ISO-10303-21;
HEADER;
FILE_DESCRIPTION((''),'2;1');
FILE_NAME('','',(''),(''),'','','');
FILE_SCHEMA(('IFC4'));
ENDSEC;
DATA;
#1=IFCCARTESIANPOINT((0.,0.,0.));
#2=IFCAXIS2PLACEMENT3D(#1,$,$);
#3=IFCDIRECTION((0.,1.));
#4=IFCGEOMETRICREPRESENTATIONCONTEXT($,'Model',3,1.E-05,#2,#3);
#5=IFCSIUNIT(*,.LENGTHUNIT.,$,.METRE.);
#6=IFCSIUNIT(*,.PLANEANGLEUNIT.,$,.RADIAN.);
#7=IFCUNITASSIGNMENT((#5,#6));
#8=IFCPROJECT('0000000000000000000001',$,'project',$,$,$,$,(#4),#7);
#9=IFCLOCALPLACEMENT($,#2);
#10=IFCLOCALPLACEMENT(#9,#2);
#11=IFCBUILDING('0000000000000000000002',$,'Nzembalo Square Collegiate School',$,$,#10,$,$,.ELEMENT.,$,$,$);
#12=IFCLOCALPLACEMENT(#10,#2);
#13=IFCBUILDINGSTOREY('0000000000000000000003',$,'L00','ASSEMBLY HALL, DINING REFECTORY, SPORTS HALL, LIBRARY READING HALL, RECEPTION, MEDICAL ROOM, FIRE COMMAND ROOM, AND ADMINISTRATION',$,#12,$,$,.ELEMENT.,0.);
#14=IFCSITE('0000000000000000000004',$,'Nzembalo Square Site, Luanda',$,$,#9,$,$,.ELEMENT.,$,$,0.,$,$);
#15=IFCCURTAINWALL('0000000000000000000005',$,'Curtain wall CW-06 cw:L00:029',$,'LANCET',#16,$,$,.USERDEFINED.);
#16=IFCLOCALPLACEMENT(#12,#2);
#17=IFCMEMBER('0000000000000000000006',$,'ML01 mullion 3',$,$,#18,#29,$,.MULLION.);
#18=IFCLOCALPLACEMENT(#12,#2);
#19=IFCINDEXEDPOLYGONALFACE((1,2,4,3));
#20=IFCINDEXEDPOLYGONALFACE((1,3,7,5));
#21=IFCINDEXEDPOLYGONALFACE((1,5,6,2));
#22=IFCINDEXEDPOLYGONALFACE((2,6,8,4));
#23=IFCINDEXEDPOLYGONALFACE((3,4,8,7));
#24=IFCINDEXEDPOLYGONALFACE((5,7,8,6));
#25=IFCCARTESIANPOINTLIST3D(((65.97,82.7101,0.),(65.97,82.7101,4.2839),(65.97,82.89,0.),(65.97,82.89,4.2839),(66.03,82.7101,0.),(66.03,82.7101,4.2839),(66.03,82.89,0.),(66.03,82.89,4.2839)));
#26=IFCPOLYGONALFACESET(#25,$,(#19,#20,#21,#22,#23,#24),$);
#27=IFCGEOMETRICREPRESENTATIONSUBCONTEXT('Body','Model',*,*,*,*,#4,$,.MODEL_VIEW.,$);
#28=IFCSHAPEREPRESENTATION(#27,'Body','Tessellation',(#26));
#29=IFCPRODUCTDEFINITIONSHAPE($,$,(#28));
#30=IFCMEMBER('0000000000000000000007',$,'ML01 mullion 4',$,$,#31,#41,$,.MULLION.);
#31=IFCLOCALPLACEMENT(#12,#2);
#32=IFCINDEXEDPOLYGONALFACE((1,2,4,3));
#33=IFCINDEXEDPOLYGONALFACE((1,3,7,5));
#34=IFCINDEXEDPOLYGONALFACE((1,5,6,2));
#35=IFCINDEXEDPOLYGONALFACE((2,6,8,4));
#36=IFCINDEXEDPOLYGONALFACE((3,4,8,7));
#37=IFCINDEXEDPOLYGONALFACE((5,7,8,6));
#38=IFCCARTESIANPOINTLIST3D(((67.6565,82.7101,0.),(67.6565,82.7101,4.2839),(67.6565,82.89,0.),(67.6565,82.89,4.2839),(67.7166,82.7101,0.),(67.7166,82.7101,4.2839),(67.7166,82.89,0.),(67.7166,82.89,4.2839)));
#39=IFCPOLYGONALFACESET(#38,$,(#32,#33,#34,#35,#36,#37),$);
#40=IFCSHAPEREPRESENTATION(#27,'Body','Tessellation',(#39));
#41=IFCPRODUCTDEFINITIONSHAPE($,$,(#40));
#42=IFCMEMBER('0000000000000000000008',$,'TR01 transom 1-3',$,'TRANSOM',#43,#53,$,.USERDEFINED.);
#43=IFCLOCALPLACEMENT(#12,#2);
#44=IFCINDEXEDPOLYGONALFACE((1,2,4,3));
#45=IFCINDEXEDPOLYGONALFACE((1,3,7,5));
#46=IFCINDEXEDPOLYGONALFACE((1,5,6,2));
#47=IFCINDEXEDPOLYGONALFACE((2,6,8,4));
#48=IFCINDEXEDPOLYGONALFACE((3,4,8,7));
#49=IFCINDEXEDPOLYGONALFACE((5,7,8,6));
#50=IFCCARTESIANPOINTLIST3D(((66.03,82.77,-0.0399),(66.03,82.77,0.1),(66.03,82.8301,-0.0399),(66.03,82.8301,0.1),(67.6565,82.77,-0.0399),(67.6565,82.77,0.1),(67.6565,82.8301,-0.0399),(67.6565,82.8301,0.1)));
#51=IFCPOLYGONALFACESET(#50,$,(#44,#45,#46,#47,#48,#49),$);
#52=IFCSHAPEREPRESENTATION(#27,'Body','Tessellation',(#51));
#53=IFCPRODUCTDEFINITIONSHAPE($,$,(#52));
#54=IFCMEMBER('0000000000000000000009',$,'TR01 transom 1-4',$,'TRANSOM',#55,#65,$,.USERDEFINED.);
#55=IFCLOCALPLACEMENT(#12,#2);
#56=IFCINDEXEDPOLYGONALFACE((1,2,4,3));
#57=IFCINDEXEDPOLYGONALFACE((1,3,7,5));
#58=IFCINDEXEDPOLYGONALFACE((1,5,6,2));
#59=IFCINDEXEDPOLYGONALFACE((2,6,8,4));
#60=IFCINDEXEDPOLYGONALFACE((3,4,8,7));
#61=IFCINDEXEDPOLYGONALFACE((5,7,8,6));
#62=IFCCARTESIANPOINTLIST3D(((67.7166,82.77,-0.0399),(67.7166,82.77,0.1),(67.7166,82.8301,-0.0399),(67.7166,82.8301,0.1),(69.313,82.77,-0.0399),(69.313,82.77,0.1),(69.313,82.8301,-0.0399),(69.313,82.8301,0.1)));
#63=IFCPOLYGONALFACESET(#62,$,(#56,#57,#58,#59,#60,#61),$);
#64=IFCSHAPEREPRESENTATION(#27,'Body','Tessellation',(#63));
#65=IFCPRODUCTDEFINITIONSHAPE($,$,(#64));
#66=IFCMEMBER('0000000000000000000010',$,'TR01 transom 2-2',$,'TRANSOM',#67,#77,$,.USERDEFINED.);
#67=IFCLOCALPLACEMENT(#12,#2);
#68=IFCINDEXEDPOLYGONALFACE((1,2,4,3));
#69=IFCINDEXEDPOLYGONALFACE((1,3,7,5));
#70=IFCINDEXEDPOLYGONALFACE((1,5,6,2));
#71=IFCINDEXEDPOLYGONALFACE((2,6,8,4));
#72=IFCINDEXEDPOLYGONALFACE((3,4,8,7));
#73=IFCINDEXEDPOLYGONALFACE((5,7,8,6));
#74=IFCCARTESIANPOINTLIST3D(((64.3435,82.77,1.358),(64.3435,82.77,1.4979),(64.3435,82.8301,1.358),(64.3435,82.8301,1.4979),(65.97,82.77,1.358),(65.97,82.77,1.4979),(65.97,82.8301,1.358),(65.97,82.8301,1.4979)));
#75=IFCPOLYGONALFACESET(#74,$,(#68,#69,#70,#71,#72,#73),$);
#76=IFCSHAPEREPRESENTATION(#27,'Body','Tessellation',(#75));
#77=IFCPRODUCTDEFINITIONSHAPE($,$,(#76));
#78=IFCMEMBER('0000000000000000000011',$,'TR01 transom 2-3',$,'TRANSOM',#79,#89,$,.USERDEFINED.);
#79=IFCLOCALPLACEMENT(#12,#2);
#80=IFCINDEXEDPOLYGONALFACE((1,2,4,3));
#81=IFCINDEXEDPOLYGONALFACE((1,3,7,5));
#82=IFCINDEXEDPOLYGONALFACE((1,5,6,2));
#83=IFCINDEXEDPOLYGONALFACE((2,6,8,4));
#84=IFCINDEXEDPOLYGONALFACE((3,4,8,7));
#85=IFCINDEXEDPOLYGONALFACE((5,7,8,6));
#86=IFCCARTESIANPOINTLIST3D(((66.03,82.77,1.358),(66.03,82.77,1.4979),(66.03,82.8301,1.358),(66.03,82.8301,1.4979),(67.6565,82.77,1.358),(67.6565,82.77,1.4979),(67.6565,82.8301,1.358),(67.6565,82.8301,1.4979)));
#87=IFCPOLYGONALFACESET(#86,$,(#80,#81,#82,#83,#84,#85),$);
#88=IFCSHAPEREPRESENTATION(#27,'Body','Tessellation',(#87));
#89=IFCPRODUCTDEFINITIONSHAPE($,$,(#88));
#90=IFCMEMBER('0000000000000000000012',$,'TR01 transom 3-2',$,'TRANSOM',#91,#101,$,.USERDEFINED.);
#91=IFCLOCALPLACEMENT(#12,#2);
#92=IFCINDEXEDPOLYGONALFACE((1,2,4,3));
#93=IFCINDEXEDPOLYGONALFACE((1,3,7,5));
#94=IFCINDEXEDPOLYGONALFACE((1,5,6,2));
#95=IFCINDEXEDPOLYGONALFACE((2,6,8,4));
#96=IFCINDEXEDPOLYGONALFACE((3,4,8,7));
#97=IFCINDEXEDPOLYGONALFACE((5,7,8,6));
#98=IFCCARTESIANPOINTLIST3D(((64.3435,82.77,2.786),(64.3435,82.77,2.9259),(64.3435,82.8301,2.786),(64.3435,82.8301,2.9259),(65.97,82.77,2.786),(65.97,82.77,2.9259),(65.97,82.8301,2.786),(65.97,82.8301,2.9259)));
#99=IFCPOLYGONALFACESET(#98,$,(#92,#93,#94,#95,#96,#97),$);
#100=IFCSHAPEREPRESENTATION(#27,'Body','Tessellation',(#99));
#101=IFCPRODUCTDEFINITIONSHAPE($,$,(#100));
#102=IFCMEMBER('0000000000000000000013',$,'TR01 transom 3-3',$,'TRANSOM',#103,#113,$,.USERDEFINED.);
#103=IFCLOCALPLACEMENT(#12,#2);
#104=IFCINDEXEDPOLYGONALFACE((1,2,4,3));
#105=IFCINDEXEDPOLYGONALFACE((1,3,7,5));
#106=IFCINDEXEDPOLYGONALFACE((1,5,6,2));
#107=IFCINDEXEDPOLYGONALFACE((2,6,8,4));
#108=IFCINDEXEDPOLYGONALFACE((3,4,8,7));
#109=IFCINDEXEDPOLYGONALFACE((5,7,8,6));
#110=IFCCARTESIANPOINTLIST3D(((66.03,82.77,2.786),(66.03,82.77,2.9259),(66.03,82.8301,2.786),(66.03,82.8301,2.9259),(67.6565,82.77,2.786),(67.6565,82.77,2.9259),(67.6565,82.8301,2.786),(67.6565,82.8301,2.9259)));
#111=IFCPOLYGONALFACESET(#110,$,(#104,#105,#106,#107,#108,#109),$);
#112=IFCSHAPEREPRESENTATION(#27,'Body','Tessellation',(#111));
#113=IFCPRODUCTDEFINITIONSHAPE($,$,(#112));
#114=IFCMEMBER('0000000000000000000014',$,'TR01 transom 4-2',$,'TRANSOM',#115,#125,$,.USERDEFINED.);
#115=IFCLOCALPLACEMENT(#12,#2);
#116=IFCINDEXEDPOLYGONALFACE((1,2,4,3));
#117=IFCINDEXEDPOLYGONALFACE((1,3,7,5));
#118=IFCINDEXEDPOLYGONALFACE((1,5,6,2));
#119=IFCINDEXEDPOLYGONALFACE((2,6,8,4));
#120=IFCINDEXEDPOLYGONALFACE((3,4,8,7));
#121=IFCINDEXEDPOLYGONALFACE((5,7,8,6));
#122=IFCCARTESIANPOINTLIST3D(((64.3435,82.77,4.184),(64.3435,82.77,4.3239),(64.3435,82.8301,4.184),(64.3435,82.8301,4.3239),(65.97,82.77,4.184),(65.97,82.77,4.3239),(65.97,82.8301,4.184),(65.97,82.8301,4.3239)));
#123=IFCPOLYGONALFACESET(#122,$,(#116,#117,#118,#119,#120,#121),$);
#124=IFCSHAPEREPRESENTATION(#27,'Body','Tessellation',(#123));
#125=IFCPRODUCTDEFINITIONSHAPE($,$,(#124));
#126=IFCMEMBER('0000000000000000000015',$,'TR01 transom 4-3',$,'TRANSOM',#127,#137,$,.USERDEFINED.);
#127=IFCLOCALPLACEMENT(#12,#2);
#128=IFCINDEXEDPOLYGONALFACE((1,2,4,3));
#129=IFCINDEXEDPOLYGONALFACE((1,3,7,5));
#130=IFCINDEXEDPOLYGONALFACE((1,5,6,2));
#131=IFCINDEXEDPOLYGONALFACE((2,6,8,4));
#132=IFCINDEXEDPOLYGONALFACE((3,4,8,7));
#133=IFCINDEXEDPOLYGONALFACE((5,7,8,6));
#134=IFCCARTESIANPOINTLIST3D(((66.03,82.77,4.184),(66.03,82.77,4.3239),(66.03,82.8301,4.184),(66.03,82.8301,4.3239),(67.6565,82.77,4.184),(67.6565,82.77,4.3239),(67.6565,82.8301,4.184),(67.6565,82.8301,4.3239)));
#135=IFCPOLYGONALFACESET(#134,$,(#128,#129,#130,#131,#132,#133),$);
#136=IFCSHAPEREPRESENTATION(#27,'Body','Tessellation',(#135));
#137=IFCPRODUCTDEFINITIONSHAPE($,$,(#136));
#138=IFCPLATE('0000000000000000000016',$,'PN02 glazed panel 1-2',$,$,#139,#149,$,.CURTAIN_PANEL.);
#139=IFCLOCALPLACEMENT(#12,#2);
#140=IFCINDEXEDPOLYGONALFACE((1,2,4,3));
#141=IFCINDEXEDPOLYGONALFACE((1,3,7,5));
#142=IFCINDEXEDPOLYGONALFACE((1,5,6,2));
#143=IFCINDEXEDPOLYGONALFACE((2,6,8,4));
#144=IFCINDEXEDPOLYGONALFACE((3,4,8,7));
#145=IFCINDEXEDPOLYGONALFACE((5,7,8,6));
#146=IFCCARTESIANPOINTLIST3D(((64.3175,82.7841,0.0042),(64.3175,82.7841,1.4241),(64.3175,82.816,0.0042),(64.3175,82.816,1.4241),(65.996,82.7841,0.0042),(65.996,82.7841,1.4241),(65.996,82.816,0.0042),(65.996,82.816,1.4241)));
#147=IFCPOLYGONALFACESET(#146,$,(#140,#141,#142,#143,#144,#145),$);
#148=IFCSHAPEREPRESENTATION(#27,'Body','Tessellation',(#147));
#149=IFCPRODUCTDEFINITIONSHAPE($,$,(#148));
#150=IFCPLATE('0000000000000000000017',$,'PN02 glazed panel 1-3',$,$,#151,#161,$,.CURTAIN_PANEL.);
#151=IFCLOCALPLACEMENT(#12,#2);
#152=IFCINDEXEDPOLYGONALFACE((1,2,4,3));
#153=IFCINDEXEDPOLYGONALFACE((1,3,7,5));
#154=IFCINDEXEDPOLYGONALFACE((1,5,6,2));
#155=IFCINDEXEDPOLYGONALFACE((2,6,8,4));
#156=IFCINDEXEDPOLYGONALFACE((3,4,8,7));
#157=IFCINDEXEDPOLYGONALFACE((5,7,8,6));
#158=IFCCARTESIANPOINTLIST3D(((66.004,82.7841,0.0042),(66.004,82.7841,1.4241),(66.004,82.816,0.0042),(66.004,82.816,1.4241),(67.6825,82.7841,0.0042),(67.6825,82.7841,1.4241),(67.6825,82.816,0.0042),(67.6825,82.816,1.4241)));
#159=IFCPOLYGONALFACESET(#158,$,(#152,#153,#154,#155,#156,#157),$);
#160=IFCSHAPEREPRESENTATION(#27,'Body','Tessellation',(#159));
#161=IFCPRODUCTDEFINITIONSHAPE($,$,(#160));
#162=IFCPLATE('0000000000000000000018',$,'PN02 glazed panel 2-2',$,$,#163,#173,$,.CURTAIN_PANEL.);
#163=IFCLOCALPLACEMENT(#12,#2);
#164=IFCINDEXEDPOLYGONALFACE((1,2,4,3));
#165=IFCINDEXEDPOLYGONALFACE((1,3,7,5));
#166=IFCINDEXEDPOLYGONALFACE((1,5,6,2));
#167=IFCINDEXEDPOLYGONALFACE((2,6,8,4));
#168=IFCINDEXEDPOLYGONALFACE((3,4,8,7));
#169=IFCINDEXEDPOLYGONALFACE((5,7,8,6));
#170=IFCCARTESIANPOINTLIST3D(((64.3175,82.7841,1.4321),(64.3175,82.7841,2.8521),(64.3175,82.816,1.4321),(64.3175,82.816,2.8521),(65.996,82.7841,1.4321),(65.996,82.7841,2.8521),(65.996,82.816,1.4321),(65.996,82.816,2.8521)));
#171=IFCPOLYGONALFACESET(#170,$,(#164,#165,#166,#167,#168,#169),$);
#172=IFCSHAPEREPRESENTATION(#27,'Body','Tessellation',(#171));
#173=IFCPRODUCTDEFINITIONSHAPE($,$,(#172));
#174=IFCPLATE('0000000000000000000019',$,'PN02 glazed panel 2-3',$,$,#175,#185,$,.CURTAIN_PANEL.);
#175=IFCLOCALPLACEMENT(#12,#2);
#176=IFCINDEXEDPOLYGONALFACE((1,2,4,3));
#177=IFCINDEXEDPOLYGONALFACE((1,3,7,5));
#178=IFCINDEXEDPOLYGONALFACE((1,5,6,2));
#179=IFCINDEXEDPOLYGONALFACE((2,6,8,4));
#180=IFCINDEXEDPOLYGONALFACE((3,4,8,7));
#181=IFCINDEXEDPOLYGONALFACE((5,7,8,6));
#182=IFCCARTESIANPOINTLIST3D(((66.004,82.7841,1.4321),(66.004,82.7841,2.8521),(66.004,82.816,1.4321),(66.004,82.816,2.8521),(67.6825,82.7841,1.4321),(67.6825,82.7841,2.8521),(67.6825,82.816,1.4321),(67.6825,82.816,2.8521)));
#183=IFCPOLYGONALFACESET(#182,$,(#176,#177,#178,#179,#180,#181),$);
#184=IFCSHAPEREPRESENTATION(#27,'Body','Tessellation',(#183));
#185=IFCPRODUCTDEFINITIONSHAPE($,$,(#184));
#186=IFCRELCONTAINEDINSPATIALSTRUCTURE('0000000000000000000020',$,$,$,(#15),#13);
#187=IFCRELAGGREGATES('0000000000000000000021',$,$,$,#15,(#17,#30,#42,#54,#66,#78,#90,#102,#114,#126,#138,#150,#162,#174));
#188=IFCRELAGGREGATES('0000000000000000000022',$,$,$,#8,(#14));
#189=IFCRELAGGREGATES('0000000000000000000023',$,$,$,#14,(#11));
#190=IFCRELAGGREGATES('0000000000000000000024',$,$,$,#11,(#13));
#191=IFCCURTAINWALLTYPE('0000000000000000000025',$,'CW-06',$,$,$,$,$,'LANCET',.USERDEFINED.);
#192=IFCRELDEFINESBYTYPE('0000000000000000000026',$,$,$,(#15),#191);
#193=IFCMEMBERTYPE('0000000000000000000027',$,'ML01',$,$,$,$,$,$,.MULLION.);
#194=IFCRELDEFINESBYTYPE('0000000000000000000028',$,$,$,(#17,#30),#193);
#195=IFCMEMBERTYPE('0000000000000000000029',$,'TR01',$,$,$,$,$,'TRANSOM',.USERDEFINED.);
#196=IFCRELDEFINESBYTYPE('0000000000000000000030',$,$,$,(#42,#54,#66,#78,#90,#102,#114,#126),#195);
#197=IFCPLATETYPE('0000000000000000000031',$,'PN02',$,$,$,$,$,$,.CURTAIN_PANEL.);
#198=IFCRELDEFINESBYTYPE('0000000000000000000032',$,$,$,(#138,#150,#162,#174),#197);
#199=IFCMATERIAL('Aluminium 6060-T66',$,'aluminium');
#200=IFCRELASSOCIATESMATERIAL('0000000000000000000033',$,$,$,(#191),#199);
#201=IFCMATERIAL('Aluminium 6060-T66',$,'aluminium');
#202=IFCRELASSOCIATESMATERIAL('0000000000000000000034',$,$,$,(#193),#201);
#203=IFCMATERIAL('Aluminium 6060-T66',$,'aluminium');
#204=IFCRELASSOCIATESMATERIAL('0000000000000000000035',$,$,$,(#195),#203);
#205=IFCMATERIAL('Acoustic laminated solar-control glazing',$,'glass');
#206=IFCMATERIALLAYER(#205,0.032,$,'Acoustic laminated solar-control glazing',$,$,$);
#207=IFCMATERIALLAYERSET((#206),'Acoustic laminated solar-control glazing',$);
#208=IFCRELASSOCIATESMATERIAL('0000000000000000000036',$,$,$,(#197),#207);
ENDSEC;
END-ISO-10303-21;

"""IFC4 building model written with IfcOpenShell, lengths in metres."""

from ifc_helpers import new_model, si_unit, direction, frame, origin, origin_2d, place, context, subcontext, project, spatial, rectangle, extrude, material, layer, layer_set, material_profile, profile_set, type_object, element, aggregate, save


model = new_model("IFC4")

# Units and contexts
model_context = context("Model", 3, precision=1e-05, world=origin(), true_north=direction((0.0, 1.0)))
body_context = subcontext(model_context, "Body", "Model", "MODEL_VIEW")
ifc_project = project(units=[si_unit("LENGTHUNIT", "METRE"), si_unit("PLANEANGLEUNIT", "RADIAN")], contexts=[model_context])

# Site, building, storey
site_placement = place(None, origin())
site = spatial("IfcSite", under=ifc_project, at=site_placement, Name="Nzembalo Square Site, Luanda", CompositionType="ELEMENT", RefElevation=0.0)
building_placement = place(site_placement, origin())
building = spatial("IfcBuilding", under=site, at=building_placement, Name="Nzembalo Square Collegiate School", CompositionType="ELEMENT")
storey_placement = place(building_placement, origin())
storey = spatial("IfcBuildingStorey", under=building, at=storey_placement, Name="L00", Description="ASSEMBLY HALL, DINING REFECTORY, SPORTS HALL, LIBRARY READING HALL, RECEPTION, MEDICAL ROOM, FIRE COMMAND ROOM, AND ADMINISTRATION", CompositionType="ELEMENT", Elevation=0.0)

# Curtain wall, members, plates
ifc_material_1 = material(Name="Aluminium 6060-T66", Category="aluminium")
curtain_wall_type = type_object("IfcCurtainWallType", Name="CW-06", ElementType="LANCET", PredefinedType="USERDEFINED", material=ifc_material_1)
curtain_wall_placement = place(storey_placement, origin())
curtain_wall = element("IfcCurtainWall", 1, at=curtain_wall_placement, inside=storey, type_object=curtain_wall_type, Name="Curtain wall CW-06 cw:L00:029", ObjectType="LANCET", PredefinedType="USERDEFINED")
ifc_material_2 = material(Name="Aluminium 6060-T66", Category="aluminium")
ifc_material_profile_1 = material_profile(ifc_material_2, rectangle(XDim=0.0601, YDim=0.1799, at=origin_2d()), Name="ALU M60x180")
ifc_profile_set_1 = profile_set([ifc_material_profile_1], Name="Aluminium 6060-T66")
member_type_1 = type_object("IfcMemberType", Name="ML01", PredefinedType="MULLION", material=ifc_profile_set_1)
member_1_placement = place(storey_placement, frame((66.0, 82.8, 0.0), z_axis=(0.0, 0.0, 1.0), x_axis=(1.0, 0.0, 0.0)))
member_1 = element("IfcMember", 2, at=member_1_placement, type_object=member_type_1, Name="ML01 mullion 3", PredefinedType="MULLION", context=body_context, shape_type="SweptSolid", body=[
    extrude(rectangle(XDim=0.0601, YDim=0.1799, at=origin_2d()), origin(), (0.0, 0.0, 1.0), 4.2839),
])
member_2_placement = place(storey_placement, frame((67.6865, 82.8, 0.0), z_axis=(0.0, 0.0, 1.0), x_axis=(1.0, 0.0, 0.0)))
member_2 = element("IfcMember", 3, at=member_2_placement, type_object=member_type_1, Name="ML01 mullion 4", PredefinedType="MULLION", context=body_context, shape_type="SweptSolid", body=[
    extrude(rectangle(XDim=0.0601, YDim=0.1799, at=origin_2d()), origin(), (0.0, 0.0, 1.0), 4.2839),
])
ifc_material_3 = material(Name="Aluminium 6060-T66", Category="aluminium")
ifc_material_profile_2 = material_profile(ifc_material_3, rectangle(XDim=0.0601, YDim=0.1399, at=origin_2d()), Name="ALU T60x140")
ifc_profile_set_2 = profile_set([ifc_material_profile_2], Name="Aluminium 6060-T66")
member_type_2 = type_object("IfcMemberType", Name="TR01", ElementType="TRANSOM", PredefinedType="USERDEFINED", material=ifc_profile_set_2)
member_3_placement = place(storey_placement, frame((66.03, 82.8, 0.03), z_axis=(1.0, 0.0, 0.0), x_axis=(0.0, 1.0, 0.0)))
member_3 = element("IfcMember", 4, at=member_3_placement, type_object=member_type_2, Name="TR01 transom 1-3", ObjectType="TRANSOM", PredefinedType="USERDEFINED", context=body_context, shape_type="SweptSolid", body=[
    extrude(rectangle(XDim=0.0601, YDim=0.1399, at=origin_2d()), origin(), (0.0, 0.0, 1.0), 1.6265),
])
member_4_placement = place(storey_placement, frame((67.7166, 82.8, 0.03), z_axis=(1.0, 0.0, 0.0), x_axis=(0.0, 1.0, 0.0)))
member_4 = element("IfcMember", 5, at=member_4_placement, type_object=member_type_2, Name="TR01 transom 1-4", ObjectType="TRANSOM", PredefinedType="USERDEFINED", context=body_context, shape_type="SweptSolid", body=[
    extrude(rectangle(XDim=0.0601, YDim=0.1399, at=origin_2d()), origin(), (0.0, 0.0, 1.0), 1.5964),
])
member_5_placement = place(storey_placement, frame((64.3435, 82.8, 1.428), z_axis=(1.0, 0.0, 0.0), x_axis=(0.0, 1.0, 0.0)))
member_5 = element("IfcMember", 6, at=member_5_placement, type_object=member_type_2, Name="TR01 transom 2-2", ObjectType="TRANSOM", PredefinedType="USERDEFINED", context=body_context, shape_type="SweptSolid", body=[
    extrude(rectangle(XDim=0.0601, YDim=0.1399, at=origin_2d()), origin(), (0.0, 0.0, 1.0), 1.6265),
])
member_6_placement = place(storey_placement, frame((66.03, 82.8, 1.428), z_axis=(1.0, 0.0, 0.0), x_axis=(0.0, 1.0, 0.0)))
member_6 = element("IfcMember", 7, at=member_6_placement, type_object=member_type_2, Name="TR01 transom 2-3", ObjectType="TRANSOM", PredefinedType="USERDEFINED", context=body_context, shape_type="SweptSolid", body=[
    extrude(rectangle(XDim=0.0601, YDim=0.1399, at=origin_2d()), origin(), (0.0, 0.0, 1.0), 1.6265),
])
member_7_placement = place(storey_placement, frame((64.3435, 82.8, 2.856), z_axis=(1.0, 0.0, 0.0), x_axis=(0.0, 1.0, 0.0)))
member_7 = element("IfcMember", 8, at=member_7_placement, type_object=member_type_2, Name="TR01 transom 3-2", ObjectType="TRANSOM", PredefinedType="USERDEFINED", context=body_context, shape_type="SweptSolid", body=[
    extrude(rectangle(XDim=0.0601, YDim=0.1399, at=origin_2d()), origin(), (0.0, 0.0, 1.0), 1.6265),
])
member_8_placement = place(storey_placement, frame((66.03, 82.8, 2.856), z_axis=(1.0, 0.0, 0.0), x_axis=(0.0, 1.0, 0.0)))
member_8 = element("IfcMember", 9, at=member_8_placement, type_object=member_type_2, Name="TR01 transom 3-3", ObjectType="TRANSOM", PredefinedType="USERDEFINED", context=body_context, shape_type="SweptSolid", body=[
    extrude(rectangle(XDim=0.0601, YDim=0.1399, at=origin_2d()), origin(), (0.0, 0.0, 1.0), 1.6265),
])
member_9_placement = place(storey_placement, frame((64.3435, 82.8, 4.2539), z_axis=(1.0, 0.0, 0.0), x_axis=(0.0, 1.0, 0.0)))
member_9 = element("IfcMember", 10, at=member_9_placement, type_object=member_type_2, Name="TR01 transom 4-2", ObjectType="TRANSOM", PredefinedType="USERDEFINED", context=body_context, shape_type="SweptSolid", body=[
    extrude(rectangle(XDim=0.0601, YDim=0.1399, at=origin_2d()), origin(), (0.0, 0.0, 1.0), 1.6265),
])
member_10_placement = place(storey_placement, frame((66.03, 82.8, 4.2539), z_axis=(1.0, 0.0, 0.0), x_axis=(0.0, 1.0, 0.0)))
member_10 = element("IfcMember", 11, at=member_10_placement, type_object=member_type_2, Name="TR01 transom 4-3", ObjectType="TRANSOM", PredefinedType="USERDEFINED", context=body_context, shape_type="SweptSolid", body=[
    extrude(rectangle(XDim=0.0601, YDim=0.1399, at=origin_2d()), origin(), (0.0, 0.0, 1.0), 1.6265),
])
ifc_material_4 = material(Name="Acoustic laminated solar-control glazing", Category="glass")
ifc_layer_1 = layer(ifc_material_4, 0.032, Name="Acoustic laminated solar-control glazing")
ifc_layer_set_1 = layer_set([ifc_layer_1], Name="Acoustic laminated solar-control glazing")
plate_type = type_object("IfcPlateType", Name="PN02", PredefinedType="CURTAIN_PANEL", material=ifc_layer_set_1)
plate_1_placement = place(storey_placement, frame((65.1567, 82.8, 0.0042), z_axis=(0.0, 0.0, 1.0), x_axis=(1.0, 0.0, 0.0)))
plate_1 = element("IfcPlate", 12, at=plate_1_placement, type_object=plate_type, Name="PN02 glazed panel 1-2", PredefinedType="CURTAIN_PANEL", context=body_context, shape_type="SweptSolid", body=[
    extrude(rectangle(XDim=1.6785, YDim=0.032, at=origin_2d()), origin(), (0.0, 0.0, 1.0), 1.4199),
])
plate_2_placement = place(storey_placement, frame((66.8433, 82.8, 0.0042), z_axis=(0.0, 0.0, 1.0), x_axis=(1.0, 0.0, 0.0)))
plate_2 = element("IfcPlate", 13, at=plate_2_placement, type_object=plate_type, Name="PN02 glazed panel 1-3", PredefinedType="CURTAIN_PANEL", context=body_context, shape_type="SweptSolid", body=[
    extrude(rectangle(XDim=1.6785, YDim=0.032, at=origin_2d()), origin(), (0.0, 0.0, 1.0), 1.4199),
])
plate_3_placement = place(storey_placement, frame((65.1567, 82.8, 1.4321), z_axis=(0.0, 0.0, 1.0), x_axis=(1.0, 0.0, 0.0)))
plate_3 = element("IfcPlate", 14, at=plate_3_placement, type_object=plate_type, Name="PN02 glazed panel 2-2", PredefinedType="CURTAIN_PANEL", context=body_context, shape_type="SweptSolid", body=[
    extrude(rectangle(XDim=1.6785, YDim=0.032, at=origin_2d()), origin(), (0.0, 0.0, 1.0), 1.4199),
])
plate_4_placement = place(storey_placement, frame((66.8433, 82.8, 1.4321), z_axis=(0.0, 0.0, 1.0), x_axis=(1.0, 0.0, 0.0)))
plate_4 = element("IfcPlate", 15, at=plate_4_placement, type_object=plate_type, Name="PN02 glazed panel 2-3", PredefinedType="CURTAIN_PANEL", context=body_context, shape_type="SweptSolid", body=[
    extrude(rectangle(XDim=1.6785, YDim=0.032, at=origin_2d()), origin(), (0.0, 0.0, 1.0), 1.4199),
])
aggregate(curtain_wall, [member_1, member_2, member_3, member_4, member_5, member_6, member_7, member_8, member_9, member_10, plate_1, plate_2, plate_3, plate_4])

save(model, "model.ifc")
